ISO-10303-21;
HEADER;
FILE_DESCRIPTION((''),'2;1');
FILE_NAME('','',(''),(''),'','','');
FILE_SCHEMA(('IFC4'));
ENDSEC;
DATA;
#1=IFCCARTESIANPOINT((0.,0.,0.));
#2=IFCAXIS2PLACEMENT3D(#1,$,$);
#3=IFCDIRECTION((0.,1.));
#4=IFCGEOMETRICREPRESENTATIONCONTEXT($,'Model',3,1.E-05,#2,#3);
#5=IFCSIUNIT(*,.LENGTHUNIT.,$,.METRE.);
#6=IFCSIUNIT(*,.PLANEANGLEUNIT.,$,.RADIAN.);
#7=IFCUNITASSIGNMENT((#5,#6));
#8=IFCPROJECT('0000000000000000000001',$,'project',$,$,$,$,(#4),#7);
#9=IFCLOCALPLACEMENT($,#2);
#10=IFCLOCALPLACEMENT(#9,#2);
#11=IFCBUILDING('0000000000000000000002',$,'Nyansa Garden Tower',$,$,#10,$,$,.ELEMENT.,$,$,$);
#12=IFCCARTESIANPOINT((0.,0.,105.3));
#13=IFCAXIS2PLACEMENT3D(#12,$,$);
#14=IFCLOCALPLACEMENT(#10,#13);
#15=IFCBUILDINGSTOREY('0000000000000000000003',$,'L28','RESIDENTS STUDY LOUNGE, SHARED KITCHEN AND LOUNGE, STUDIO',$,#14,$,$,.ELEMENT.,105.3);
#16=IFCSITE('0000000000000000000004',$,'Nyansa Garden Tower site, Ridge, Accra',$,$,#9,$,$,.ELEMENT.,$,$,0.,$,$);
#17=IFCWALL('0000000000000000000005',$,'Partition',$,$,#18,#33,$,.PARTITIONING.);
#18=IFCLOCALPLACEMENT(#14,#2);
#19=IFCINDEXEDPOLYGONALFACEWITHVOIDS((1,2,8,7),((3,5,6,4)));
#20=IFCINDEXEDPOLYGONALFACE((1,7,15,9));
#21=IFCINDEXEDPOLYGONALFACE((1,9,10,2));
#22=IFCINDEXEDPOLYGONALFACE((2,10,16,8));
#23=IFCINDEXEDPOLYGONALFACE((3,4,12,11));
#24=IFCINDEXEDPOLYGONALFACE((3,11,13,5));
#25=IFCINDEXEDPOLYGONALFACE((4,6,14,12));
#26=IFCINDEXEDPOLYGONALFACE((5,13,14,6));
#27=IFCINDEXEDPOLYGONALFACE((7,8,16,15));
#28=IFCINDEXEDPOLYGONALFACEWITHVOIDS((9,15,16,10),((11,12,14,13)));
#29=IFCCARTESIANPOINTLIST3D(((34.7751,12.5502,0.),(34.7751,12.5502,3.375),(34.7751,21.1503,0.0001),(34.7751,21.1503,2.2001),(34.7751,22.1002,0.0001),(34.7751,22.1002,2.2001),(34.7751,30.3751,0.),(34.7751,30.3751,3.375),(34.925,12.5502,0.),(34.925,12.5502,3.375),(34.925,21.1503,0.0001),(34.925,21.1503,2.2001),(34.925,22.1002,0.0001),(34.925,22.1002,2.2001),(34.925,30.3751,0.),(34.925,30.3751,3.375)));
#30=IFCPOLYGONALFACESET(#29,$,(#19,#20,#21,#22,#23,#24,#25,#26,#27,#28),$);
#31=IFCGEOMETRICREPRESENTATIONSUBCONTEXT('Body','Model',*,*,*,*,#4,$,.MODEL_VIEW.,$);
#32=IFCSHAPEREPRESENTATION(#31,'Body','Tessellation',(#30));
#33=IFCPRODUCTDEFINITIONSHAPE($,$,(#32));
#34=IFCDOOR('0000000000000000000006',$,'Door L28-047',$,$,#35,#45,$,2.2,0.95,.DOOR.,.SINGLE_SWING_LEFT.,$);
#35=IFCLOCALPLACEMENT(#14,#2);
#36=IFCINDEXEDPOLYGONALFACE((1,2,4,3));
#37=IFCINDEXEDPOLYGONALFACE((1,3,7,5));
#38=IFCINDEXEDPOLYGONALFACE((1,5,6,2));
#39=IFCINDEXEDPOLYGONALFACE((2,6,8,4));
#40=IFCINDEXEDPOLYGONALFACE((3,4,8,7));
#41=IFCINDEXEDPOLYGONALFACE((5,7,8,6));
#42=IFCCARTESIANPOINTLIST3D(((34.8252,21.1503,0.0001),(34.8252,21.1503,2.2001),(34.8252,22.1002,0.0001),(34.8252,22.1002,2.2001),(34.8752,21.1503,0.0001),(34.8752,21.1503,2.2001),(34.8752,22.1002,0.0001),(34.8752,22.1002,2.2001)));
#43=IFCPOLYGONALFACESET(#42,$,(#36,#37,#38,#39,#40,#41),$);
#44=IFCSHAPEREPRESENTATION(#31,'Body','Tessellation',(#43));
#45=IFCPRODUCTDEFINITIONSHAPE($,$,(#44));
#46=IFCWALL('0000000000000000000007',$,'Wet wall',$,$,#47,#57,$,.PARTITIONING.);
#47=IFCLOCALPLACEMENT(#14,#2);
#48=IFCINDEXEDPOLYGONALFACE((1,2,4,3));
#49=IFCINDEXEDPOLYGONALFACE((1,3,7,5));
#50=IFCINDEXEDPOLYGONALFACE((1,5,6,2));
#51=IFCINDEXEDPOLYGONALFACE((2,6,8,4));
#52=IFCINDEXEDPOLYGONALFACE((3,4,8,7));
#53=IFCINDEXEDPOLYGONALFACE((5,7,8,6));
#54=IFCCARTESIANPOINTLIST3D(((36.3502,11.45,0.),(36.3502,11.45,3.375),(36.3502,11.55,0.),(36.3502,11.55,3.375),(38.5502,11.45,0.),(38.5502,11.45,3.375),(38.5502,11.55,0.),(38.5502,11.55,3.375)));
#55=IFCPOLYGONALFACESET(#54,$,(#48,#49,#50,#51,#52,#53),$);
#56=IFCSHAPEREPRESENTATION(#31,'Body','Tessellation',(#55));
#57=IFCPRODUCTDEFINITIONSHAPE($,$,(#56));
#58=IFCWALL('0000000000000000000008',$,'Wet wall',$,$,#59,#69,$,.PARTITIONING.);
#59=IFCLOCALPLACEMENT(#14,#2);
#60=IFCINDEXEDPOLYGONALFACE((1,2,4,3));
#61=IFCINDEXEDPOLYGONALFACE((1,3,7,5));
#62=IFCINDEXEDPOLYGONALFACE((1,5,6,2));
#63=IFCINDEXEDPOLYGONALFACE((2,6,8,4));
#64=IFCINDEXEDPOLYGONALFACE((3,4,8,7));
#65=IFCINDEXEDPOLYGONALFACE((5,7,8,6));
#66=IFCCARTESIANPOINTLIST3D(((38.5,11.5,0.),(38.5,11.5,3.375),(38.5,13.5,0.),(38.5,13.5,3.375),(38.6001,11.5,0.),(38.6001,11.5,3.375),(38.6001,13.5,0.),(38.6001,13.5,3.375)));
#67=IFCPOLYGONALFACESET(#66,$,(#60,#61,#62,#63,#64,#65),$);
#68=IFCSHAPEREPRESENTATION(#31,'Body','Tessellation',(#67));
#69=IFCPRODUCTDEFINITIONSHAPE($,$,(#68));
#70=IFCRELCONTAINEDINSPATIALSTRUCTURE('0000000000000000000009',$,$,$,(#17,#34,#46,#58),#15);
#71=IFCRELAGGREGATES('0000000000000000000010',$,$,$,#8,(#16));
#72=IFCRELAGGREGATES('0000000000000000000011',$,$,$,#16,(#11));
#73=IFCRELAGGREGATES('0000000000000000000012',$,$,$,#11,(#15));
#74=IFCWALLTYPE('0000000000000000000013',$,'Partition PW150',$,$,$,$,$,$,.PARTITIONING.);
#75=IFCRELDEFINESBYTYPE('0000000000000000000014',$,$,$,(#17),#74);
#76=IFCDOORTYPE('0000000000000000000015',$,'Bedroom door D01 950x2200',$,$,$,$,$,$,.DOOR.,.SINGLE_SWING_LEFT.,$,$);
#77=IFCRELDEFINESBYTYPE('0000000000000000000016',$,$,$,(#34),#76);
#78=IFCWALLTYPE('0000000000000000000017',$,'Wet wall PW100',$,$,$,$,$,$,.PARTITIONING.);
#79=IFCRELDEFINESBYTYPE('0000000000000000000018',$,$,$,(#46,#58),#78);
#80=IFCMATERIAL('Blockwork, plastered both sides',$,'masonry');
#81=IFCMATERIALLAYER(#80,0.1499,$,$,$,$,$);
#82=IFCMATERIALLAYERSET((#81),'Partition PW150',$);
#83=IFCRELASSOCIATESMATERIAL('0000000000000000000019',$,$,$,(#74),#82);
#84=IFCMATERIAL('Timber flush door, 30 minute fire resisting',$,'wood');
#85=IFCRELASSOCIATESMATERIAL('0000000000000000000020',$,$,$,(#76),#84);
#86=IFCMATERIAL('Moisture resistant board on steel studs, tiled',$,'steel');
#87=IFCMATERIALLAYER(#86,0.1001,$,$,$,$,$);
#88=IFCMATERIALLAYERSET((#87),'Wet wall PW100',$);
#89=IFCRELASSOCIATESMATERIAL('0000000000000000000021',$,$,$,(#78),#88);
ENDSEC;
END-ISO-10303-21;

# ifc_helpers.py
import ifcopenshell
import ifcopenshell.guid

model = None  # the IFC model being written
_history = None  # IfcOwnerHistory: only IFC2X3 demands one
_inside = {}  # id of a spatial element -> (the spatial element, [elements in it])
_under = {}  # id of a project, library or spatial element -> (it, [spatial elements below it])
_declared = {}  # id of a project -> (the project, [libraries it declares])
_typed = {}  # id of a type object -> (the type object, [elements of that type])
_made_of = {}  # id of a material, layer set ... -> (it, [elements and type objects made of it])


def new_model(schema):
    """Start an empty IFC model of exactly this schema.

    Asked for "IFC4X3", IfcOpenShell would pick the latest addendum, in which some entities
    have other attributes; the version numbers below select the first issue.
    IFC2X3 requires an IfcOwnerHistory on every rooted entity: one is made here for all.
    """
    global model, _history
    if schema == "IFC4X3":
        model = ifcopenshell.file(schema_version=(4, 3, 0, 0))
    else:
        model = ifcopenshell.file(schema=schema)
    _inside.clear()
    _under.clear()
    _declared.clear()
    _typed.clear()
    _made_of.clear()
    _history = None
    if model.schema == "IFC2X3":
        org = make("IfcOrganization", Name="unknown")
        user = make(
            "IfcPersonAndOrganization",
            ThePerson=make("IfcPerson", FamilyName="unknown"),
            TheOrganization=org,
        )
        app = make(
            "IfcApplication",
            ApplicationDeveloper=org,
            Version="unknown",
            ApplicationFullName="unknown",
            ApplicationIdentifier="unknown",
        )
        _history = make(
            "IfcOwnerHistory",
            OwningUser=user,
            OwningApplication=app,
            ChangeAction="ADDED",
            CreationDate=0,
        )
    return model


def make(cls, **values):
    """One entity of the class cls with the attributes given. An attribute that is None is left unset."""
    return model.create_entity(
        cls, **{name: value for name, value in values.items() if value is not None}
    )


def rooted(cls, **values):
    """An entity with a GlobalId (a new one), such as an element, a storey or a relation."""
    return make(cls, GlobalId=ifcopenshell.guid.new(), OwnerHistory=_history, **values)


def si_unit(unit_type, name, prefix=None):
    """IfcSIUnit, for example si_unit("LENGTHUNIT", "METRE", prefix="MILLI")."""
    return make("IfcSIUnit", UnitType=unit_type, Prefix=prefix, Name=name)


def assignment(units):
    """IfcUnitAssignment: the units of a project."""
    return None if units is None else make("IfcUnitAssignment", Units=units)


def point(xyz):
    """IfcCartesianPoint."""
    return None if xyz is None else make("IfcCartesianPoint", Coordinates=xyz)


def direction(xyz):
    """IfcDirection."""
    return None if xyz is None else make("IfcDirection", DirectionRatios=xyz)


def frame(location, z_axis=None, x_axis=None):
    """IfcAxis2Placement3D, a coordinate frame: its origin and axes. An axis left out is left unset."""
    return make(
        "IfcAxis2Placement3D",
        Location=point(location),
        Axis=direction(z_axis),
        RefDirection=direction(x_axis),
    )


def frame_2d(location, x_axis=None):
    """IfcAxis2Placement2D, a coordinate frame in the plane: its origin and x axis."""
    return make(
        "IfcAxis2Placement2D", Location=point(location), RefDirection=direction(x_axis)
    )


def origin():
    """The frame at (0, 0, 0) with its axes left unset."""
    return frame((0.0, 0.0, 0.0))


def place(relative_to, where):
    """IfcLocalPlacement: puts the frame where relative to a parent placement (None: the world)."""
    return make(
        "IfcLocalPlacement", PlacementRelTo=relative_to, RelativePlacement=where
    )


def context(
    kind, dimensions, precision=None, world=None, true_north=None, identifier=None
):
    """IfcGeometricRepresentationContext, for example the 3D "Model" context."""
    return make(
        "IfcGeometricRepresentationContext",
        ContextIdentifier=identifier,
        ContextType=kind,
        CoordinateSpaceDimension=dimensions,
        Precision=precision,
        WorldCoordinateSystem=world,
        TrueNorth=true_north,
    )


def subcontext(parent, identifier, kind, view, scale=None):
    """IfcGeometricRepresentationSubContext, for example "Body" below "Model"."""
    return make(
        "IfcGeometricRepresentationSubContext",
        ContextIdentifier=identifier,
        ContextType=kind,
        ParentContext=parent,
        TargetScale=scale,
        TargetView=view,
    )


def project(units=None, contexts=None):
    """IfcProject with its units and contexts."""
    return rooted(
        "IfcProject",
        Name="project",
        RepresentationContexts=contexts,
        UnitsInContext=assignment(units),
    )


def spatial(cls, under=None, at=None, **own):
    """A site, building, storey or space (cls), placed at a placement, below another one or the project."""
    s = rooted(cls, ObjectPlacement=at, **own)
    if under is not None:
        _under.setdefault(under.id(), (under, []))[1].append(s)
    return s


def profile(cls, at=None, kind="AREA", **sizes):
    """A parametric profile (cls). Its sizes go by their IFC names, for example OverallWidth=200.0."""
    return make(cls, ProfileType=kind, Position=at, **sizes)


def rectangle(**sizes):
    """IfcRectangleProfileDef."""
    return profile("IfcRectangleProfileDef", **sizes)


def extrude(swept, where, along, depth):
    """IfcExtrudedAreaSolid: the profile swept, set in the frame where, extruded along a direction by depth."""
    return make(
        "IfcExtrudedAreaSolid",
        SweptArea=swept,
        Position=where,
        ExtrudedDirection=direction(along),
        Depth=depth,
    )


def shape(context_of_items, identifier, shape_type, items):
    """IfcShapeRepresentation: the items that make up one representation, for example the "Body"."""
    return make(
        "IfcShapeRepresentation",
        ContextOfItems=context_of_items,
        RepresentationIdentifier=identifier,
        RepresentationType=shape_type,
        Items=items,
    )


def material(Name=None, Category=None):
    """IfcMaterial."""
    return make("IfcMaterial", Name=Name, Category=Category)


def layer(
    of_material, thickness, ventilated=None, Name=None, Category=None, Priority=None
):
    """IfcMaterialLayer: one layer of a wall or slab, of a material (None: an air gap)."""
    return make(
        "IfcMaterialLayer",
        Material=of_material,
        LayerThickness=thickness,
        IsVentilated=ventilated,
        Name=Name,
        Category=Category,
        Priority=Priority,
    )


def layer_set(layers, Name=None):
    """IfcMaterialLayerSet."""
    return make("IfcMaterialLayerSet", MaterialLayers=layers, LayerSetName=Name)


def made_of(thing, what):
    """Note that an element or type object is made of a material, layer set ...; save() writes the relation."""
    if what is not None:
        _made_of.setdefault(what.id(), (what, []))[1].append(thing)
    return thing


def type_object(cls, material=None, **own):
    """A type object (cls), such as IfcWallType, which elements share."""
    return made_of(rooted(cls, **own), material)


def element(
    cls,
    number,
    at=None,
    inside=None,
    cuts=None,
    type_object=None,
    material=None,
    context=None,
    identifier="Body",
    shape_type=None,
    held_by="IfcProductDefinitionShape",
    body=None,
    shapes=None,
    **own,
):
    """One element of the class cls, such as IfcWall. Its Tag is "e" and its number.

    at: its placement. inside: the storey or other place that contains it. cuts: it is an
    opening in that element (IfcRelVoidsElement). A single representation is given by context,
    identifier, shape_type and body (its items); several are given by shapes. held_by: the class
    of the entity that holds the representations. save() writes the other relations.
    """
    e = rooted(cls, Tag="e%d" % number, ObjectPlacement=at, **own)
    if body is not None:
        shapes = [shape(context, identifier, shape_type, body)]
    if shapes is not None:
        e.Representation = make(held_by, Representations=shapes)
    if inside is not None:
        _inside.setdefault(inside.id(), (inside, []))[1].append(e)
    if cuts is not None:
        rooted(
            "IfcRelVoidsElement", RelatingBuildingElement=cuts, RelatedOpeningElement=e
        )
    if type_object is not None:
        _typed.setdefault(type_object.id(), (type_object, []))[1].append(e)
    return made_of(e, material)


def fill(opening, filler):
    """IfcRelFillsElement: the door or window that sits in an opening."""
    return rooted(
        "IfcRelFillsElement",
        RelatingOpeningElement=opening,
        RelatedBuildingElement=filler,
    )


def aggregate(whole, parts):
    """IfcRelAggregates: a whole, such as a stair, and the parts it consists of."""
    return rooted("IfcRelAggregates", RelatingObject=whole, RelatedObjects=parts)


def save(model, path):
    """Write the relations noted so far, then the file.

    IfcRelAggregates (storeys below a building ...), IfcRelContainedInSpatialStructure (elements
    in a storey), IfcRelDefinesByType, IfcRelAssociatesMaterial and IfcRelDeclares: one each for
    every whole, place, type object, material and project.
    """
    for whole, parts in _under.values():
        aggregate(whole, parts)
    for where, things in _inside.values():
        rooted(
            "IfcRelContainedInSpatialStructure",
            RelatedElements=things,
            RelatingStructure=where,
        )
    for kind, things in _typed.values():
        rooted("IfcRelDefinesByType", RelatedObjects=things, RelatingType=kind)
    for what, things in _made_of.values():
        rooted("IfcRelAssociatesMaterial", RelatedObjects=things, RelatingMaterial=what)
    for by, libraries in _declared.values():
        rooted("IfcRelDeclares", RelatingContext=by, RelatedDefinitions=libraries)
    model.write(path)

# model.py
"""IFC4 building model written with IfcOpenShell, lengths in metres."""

from ifc_helpers import new_model, si_unit, direction, frame, frame_2d, origin, place, context, subcontext, project, spatial, rectangle, extrude, material, layer, layer_set, type_object, element, fill, save


model = new_model("IFC4")

# Units and contexts
model_context = context("Model", 3, precision=1e-05, world=origin(), true_north=direction((0.0, 1.0)))
body_context = subcontext(model_context, "Body", "Model", "MODEL_VIEW")
ifc_project = project(units=[si_unit("LENGTHUNIT", "METRE"), si_unit("PLANEANGLEUNIT", "RADIAN")], contexts=[model_context])

# Site, building, storey
site_placement = place(None, origin())
site = spatial("IfcSite", under=ifc_project, at=site_placement, Name="Nyansa Garden Tower site, Ridge, Accra", CompositionType="ELEMENT", RefElevation=0.0)
building_placement = place(site_placement, origin())
building = spatial("IfcBuilding", under=site, at=building_placement, Name="Nyansa Garden Tower", CompositionType="ELEMENT")
storey_placement = place(building_placement, frame((0.0, 0.0, 105.3)))
storey = spatial("IfcBuildingStorey", under=building, at=storey_placement, Name="L28", Description="RESIDENTS STUDY LOUNGE, SHARED KITCHEN AND LOUNGE, STUDIO", CompositionType="ELEMENT", Elevation=105.3)

# Shared definitions
ifc_material_1 = material(Name="Blockwork, plastered both sides", Category="masonry")
ifc_layer_1 = layer(ifc_material_1, 0.1499)
ifc_layer_set_1 = layer_set([ifc_layer_1], Name="Partition PW150")
wall_type_1 = type_object("IfcWallType", Name="Partition PW150", PredefinedType="PARTITIONING", material=ifc_layer_set_1)

# Wall, opening, door
wall_1_placement = place(storey_placement, frame((34.8501, 12.55, 0.0), z_axis=(0.0, 0.0, 1.0), x_axis=(0.0, 1.0, 0.0)))
wall_1 = element("IfcWall", 1, at=wall_1_placement, inside=storey, type_object=wall_type_1, Name="Partition", PredefinedType="PARTITIONING", context=body_context, shape_type="SweptSolid", body=[
    extrude(rectangle(XDim=17.825, YDim=0.1499, at=frame_2d((8.9126, 0.0))), origin(), (0.0, 0.0, 1.0), 3.375),
])
opening_1_placement = place(wall_1_placement, frame((8.6001, 0.0, 0.0)))
opening_1 = element("IfcOpeningElement", 2, at=opening_1_placement, cuts=wall_1, PredefinedType="OPENING", context=body_context, shape_type="SweptSolid", body=[
    extrude(rectangle(XDim=0.95, YDim=2.2, at=frame_2d((0.4751, 1.1001))), frame((0.0, 0.085, 0.0), z_axis=(0.0, -1.0, 0.0), x_axis=(1.0, 0.0, 0.0)), (0.0, 0.0, 1.0), 0.1699),
])
ifc_material_2 = material(Name="Timber flush door, 30 minute fire resisting", Category="wood")
door_type_1 = type_object("IfcDoorType", Name="Bedroom door D01 950x2200", OperationType="SINGLE_SWING_LEFT", PredefinedType="DOOR", material=ifc_material_2)
door_1_placement = place(opening_1_placement, origin())
door_1 = element("IfcDoor", 3, at=door_1_placement, inside=storey, type_object=door_type_1, Name="Door L28-047", OperationType="SINGLE_SWING_LEFT", OverallHeight=2.2, OverallWidth=0.95, PredefinedType="DOOR", context=body_context, shape_type="SweptSolid", body=[
    extrude(rectangle(XDim=0.95, YDim=2.2, at=frame_2d((0.4751, 1.1001))), frame((0.0, 0.0249, 0.0), z_axis=(0.0, -1.0, 0.0), x_axis=(1.0, 0.0, 0.0)), (0.0, 0.0, 1.0), 0.05),
])
fill(opening_1, door_1)

# Walls
ifc_material_3 = material(Name="Moisture resistant board on steel studs, tiled", Category="steel")
ifc_layer_2 = layer(ifc_material_3, 0.1001)
ifc_layer_set_2 = layer_set([ifc_layer_2], Name="Wet wall PW100")
wall_type_2 = type_object("IfcWallType", Name="Wet wall PW100", PredefinedType="PARTITIONING", material=ifc_layer_set_2)
wall_2_placement = place(storey_placement, frame((36.3501, 11.5, 0.0), z_axis=(0.0, 0.0, 1.0), x_axis=(1.0, 0.0, 0.0)))
element("IfcWall", 4, at=wall_2_placement, inside=storey, type_object=wall_type_2, Name="Wet wall", PredefinedType="PARTITIONING", context=body_context, shape_type="SweptSolid", body=[
    extrude(rectangle(XDim=2.2, YDim=0.1001, at=frame_2d((1.1001, 0.0))), origin(), (0.0, 0.0, 1.0), 3.375),
])
wall_3_placement = place(storey_placement, frame((38.55, 11.5, 0.0), z_axis=(0.0, 0.0, 1.0), x_axis=(0.0, 1.0, 0.0)))
element("IfcWall", 5, at=wall_3_placement, inside=storey, type_object=wall_type_2, Name="Wet wall", PredefinedType="PARTITIONING", context=body_context, shape_type="SweptSolid", body=[
    extrude(rectangle(XDim=2.0, YDim=0.1001, at=frame_2d((1.0, 0.0))), origin(), (0.0, 0.0, 1.0), 3.375),
])

save(model, "model.ifc")
